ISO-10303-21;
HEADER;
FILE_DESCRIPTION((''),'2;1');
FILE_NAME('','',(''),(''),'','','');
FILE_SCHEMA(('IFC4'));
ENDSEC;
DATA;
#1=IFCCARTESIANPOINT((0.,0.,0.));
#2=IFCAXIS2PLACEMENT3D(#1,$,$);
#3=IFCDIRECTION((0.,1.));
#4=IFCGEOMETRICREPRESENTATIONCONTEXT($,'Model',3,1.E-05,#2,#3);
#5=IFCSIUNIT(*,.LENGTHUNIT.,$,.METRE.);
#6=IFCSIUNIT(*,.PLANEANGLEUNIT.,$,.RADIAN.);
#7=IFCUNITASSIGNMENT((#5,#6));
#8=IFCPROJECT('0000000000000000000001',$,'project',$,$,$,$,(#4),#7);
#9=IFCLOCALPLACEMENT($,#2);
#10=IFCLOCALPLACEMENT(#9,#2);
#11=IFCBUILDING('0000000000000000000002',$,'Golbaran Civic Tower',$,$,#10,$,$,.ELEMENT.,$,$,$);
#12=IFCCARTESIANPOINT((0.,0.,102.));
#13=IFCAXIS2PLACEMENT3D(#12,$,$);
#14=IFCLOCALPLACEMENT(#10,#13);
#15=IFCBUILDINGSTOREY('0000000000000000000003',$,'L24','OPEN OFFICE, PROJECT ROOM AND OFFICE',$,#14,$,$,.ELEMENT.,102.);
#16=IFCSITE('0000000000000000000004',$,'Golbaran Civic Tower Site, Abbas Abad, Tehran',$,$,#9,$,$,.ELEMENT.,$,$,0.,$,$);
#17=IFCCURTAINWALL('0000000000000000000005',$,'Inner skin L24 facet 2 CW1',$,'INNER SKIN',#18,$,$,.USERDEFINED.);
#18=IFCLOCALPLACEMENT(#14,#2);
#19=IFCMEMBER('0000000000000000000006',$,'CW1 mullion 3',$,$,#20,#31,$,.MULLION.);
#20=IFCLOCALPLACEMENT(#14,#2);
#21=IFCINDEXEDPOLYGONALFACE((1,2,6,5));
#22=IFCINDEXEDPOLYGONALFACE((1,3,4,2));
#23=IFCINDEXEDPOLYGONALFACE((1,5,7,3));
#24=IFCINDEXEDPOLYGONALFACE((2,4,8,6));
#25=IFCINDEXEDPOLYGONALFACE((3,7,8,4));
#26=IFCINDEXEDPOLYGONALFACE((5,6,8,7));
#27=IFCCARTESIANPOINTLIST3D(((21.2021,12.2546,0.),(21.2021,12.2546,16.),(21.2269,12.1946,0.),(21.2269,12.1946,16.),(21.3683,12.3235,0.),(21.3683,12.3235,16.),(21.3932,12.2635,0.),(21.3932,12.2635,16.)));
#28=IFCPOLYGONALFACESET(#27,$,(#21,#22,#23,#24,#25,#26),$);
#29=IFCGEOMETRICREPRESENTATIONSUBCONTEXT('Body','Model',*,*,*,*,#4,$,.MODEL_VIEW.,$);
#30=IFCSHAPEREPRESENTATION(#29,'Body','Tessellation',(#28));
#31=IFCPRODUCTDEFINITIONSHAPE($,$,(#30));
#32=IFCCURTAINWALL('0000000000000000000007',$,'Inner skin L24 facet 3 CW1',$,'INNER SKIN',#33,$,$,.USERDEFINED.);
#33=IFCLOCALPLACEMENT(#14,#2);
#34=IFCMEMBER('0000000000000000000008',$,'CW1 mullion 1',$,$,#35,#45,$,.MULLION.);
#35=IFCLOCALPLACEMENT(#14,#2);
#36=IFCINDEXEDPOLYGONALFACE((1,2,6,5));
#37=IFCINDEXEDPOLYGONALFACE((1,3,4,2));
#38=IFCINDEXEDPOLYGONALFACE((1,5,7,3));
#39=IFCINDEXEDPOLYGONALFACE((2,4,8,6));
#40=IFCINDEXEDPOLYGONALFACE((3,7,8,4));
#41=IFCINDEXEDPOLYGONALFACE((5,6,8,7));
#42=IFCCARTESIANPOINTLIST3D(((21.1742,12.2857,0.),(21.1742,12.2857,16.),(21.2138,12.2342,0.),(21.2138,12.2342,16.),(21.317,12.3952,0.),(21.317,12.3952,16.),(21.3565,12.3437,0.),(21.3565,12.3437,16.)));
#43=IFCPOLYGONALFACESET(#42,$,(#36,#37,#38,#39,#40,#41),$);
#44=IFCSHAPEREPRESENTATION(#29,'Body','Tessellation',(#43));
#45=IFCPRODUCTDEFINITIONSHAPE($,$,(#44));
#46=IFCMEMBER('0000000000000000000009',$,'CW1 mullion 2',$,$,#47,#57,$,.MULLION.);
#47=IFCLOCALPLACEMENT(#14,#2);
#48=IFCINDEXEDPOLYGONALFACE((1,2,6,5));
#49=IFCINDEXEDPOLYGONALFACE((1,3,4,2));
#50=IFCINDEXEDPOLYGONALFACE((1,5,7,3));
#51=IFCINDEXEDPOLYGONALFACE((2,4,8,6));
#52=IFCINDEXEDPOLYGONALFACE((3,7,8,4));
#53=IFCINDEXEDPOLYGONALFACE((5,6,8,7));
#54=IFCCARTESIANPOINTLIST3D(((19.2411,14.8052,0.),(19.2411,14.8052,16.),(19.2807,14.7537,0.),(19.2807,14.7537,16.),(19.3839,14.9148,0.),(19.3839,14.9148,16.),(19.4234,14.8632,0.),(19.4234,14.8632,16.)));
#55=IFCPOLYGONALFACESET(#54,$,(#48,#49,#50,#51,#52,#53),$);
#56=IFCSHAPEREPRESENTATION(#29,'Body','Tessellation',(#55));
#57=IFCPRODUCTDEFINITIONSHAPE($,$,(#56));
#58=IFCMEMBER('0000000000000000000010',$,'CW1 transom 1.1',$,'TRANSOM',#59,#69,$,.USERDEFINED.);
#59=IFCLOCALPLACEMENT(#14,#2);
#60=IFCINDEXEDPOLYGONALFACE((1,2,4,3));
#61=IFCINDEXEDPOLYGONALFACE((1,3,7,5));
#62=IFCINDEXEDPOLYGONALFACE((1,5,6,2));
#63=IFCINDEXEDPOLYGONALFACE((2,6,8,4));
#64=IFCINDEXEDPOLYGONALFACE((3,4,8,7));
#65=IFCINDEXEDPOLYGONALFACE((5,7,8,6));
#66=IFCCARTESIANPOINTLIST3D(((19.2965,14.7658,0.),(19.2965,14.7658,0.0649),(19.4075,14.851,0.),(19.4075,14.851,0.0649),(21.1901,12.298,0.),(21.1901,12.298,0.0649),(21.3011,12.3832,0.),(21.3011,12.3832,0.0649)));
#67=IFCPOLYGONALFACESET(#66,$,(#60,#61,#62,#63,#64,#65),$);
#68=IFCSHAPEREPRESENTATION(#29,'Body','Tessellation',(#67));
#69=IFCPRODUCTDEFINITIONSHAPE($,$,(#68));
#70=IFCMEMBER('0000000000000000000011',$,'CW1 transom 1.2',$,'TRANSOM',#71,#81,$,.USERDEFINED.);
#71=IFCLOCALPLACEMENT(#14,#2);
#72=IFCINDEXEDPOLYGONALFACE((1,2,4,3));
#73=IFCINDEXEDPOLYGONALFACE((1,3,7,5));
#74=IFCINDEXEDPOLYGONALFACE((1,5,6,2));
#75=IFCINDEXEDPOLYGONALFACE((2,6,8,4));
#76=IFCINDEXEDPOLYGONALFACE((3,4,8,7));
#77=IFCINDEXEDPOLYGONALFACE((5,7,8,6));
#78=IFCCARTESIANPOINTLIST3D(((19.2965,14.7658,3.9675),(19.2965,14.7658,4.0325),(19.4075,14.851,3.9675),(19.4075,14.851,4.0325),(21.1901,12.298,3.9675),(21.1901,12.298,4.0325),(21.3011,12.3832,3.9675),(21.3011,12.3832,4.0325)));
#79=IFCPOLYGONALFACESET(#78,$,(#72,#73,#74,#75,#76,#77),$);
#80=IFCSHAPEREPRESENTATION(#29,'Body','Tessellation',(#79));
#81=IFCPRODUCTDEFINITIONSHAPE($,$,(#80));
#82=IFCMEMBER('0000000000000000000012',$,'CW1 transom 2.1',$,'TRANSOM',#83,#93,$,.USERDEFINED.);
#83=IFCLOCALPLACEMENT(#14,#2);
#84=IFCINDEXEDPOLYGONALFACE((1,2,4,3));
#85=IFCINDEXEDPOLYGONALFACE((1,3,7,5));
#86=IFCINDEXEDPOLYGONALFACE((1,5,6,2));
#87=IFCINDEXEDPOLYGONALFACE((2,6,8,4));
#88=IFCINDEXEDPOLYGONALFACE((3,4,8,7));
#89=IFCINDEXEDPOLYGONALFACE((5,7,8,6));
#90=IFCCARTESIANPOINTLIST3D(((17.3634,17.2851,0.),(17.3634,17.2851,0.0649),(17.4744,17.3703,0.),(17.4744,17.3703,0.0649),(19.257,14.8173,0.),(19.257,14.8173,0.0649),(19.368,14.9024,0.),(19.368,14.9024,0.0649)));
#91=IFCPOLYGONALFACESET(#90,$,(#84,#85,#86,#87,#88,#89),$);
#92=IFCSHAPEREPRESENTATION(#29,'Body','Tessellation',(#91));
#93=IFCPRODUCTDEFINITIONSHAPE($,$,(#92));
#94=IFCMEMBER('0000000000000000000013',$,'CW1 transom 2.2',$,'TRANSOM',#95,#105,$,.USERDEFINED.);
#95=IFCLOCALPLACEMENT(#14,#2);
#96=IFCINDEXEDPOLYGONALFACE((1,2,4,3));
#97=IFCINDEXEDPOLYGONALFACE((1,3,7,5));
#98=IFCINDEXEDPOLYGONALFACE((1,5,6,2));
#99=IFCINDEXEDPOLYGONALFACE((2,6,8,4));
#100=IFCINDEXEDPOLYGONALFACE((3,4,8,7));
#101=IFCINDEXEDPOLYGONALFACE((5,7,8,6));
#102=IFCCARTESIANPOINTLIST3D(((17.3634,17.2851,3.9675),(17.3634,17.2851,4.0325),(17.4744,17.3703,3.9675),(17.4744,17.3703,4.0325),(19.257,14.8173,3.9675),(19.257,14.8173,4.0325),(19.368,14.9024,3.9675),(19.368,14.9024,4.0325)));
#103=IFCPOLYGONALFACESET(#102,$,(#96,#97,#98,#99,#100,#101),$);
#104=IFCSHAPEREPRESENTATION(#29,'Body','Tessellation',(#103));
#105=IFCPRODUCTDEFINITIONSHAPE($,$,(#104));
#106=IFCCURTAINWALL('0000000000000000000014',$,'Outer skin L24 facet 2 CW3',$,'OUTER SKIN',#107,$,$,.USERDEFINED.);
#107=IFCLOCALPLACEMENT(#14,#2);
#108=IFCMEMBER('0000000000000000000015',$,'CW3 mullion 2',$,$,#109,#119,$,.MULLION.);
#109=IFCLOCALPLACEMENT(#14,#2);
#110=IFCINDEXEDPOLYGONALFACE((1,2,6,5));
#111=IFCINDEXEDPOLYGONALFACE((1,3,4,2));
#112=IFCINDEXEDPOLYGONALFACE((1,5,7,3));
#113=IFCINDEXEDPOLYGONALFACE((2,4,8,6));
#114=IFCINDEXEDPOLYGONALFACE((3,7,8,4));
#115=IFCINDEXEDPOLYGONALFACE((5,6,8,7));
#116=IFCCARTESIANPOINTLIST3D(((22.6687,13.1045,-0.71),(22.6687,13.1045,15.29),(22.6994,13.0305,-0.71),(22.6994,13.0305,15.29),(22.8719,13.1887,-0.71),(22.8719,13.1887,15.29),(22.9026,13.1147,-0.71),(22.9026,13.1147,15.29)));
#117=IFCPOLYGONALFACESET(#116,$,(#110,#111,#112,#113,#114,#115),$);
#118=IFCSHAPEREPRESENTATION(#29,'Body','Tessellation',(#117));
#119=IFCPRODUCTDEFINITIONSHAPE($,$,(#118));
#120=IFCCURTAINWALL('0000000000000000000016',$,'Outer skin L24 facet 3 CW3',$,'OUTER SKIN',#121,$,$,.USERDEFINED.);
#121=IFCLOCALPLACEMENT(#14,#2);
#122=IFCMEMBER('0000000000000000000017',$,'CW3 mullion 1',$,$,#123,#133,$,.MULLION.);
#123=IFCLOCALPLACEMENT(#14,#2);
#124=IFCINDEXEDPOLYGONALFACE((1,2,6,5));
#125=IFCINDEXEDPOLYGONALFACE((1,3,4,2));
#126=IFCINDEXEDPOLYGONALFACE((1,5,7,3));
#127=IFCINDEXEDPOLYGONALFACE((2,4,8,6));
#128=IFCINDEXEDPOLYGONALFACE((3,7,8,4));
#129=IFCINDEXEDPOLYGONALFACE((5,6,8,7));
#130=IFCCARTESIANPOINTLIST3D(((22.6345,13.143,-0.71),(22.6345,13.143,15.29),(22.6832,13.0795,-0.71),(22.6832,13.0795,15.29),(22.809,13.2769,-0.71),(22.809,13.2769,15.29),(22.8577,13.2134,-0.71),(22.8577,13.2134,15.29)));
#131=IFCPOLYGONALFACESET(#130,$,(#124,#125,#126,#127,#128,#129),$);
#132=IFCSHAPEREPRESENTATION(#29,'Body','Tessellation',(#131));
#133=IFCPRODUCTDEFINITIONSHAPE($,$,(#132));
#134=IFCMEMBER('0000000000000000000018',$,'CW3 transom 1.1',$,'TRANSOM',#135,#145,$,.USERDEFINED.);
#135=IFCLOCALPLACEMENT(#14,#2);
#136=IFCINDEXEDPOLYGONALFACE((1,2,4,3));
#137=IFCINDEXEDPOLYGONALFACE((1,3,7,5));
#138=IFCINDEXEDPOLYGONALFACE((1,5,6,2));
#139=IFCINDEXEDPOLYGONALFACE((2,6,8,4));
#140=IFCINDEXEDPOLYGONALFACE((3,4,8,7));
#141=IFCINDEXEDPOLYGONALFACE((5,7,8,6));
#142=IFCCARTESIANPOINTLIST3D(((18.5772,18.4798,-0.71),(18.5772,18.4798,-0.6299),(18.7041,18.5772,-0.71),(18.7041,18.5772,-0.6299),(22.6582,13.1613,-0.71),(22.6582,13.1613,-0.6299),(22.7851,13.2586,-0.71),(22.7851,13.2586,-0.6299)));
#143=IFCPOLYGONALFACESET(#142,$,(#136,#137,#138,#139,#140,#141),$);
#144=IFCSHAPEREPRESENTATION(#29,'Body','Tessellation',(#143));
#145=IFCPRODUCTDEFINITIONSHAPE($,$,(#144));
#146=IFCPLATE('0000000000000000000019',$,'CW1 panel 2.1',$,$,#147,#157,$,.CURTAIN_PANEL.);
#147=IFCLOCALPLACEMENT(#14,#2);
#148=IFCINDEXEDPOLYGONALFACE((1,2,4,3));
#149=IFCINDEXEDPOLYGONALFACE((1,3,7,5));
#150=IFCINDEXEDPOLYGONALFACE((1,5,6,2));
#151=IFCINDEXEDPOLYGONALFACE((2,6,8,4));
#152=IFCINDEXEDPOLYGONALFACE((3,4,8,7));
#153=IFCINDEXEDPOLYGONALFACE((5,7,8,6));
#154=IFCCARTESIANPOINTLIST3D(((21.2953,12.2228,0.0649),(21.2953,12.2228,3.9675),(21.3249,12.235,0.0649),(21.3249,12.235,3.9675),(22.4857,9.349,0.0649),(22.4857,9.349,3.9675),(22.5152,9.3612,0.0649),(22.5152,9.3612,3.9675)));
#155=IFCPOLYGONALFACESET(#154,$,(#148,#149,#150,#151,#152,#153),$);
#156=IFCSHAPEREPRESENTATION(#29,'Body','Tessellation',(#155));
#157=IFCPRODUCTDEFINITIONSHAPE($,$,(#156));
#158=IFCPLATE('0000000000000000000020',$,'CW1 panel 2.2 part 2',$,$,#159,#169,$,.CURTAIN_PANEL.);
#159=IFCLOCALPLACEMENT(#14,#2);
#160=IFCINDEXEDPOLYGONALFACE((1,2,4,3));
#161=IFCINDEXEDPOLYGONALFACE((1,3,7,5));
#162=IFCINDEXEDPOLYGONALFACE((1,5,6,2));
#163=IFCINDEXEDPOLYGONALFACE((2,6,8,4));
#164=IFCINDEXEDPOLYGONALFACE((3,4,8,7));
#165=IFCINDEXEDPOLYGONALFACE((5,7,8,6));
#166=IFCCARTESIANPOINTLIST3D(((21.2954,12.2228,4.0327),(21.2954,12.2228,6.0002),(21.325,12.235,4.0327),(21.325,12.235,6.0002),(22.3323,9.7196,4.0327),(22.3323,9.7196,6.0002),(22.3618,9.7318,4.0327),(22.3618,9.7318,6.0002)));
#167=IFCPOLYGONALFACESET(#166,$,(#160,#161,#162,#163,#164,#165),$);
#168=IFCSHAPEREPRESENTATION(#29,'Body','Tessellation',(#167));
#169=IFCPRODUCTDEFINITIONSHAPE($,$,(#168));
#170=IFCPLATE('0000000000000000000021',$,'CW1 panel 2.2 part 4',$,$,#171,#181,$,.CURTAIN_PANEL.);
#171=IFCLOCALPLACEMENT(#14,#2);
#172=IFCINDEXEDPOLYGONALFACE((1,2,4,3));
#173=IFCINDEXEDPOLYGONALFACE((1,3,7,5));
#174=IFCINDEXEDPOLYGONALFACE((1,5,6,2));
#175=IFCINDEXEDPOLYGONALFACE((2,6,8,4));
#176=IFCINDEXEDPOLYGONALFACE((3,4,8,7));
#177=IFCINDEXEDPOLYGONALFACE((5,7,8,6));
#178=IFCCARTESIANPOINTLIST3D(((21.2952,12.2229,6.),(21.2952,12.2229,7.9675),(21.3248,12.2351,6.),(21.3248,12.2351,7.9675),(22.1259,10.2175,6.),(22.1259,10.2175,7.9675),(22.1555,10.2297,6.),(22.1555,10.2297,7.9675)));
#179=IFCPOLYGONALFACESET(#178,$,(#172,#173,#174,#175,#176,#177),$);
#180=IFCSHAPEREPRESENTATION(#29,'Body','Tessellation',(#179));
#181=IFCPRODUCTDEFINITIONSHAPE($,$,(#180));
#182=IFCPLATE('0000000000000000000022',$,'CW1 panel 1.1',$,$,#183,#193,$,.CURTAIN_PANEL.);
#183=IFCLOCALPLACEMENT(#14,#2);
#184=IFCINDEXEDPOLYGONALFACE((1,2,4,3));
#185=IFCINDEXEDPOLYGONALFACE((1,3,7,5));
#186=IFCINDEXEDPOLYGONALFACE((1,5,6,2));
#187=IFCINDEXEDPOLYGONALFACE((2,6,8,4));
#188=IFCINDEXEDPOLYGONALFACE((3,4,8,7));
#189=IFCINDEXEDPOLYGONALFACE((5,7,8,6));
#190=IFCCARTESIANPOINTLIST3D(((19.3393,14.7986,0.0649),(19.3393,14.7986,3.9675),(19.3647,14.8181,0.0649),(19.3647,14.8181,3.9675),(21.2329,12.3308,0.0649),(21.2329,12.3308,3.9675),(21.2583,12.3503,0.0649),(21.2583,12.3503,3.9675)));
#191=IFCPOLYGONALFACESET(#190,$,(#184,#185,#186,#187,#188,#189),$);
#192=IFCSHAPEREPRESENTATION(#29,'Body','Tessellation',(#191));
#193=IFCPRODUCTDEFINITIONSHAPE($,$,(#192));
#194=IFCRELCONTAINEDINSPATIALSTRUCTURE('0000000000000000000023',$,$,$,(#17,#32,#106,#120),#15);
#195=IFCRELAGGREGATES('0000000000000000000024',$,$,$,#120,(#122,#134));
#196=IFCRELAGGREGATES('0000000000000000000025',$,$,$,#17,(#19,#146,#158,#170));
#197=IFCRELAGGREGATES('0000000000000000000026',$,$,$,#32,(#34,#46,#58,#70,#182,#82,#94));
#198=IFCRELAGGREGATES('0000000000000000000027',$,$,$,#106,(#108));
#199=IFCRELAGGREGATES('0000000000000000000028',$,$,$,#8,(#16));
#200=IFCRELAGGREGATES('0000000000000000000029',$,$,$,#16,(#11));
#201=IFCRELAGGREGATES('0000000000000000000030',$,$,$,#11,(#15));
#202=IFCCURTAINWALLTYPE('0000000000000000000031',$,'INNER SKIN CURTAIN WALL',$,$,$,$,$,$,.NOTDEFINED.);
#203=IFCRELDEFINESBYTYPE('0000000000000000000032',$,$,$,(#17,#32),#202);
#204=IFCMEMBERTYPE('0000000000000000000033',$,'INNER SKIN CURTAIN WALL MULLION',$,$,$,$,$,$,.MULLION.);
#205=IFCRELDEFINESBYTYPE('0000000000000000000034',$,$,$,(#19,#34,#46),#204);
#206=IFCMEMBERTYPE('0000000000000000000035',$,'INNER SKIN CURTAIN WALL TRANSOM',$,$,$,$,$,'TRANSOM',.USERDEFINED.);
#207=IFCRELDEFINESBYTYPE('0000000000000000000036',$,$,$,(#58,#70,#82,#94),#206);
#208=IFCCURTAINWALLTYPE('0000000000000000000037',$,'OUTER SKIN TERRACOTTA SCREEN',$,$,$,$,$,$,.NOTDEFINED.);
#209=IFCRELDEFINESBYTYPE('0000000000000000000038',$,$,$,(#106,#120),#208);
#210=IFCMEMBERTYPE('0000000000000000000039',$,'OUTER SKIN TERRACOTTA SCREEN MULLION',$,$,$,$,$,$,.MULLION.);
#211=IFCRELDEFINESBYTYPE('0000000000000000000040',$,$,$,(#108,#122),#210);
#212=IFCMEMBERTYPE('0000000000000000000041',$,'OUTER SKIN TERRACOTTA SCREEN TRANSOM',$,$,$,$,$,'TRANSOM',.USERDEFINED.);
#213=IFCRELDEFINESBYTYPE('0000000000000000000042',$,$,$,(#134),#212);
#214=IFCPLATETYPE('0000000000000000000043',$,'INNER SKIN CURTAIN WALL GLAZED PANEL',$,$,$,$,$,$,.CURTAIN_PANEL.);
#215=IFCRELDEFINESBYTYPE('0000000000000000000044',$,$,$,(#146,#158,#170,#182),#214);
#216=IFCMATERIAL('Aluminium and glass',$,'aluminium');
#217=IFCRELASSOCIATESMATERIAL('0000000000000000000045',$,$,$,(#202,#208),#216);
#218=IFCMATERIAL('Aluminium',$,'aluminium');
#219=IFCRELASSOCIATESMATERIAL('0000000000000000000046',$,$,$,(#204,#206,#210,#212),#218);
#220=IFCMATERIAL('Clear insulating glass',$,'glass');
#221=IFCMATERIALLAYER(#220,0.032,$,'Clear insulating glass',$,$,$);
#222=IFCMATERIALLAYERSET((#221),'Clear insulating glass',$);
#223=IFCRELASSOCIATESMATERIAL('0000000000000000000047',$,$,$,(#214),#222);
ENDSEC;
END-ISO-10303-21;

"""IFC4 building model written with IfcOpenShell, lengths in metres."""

from ifc_helpers import new_model, si_unit, direction, frame, origin, origin_2d, place, context, subcontext, project, spatial, rectangle, extrude, material, layer, layer_set, material_profile, profile_set, type_object, element, aggregate, save


model = new_model("IFC4")

# Units and contexts
model_context = context("Model", 3, precision=1e-05, world=origin(), true_north=direction((0.0, 1.0)))
body_context = subcontext(model_context, "Body", "Model", "MODEL_VIEW")
ifc_project = project(units=[si_unit("LENGTHUNIT", "METRE"), si_unit("PLANEANGLEUNIT", "RADIAN")], contexts=[model_context])

# Site, building, storey
site_placement = place(None, origin())
site = spatial("IfcSite", under=ifc_project, at=site_placement, Name="Golbaran Civic Tower Site, Abbas Abad, Tehran", CompositionType="ELEMENT", RefElevation=0.0)
building_placement = place(site_placement, origin())
building = spatial("IfcBuilding", under=site, at=building_placement, Name="Golbaran Civic Tower", CompositionType="ELEMENT")
storey_placement = place(building_placement, frame((0.0, 0.0, 102.0)))
storey = spatial("IfcBuildingStorey", under=building, at=storey_placement, Name="L24", Description="OPEN OFFICE, PROJECT ROOM AND OFFICE", CompositionType="ELEMENT", Elevation=102.0)

# Curtain wall, member
ifc_material_1 = material(Name="Aluminium and glass", Category="aluminium")
curtain_wall_type_1 = type_object("IfcCurtainWallType", Name="INNER SKIN CURTAIN WALL", PredefinedType="NOTDEFINED", material=ifc_material_1)
curtain_wall_1_placement = place(storey_placement, origin())
curtain_wall_1 = element("IfcCurtainWall", 1, at=curtain_wall_1_placement, inside=storey, type_object=curtain_wall_type_1, Name="Inner skin L24 facet 2 CW1", ObjectType="INNER SKIN", PredefinedType="USERDEFINED")
ifc_material_2 = material(Name="Aluminium", Category="aluminium")
ifc_material_profile_1 = material_profile(ifc_material_2, rectangle(XDim=0.1799, YDim=0.0649, at=origin_2d()), Name="INNER SKIN CURTAIN WALL MULLION")
ifc_profile_set_1 = profile_set([ifc_material_profile_1], Name="Aluminium")
member_type_1 = type_object("IfcMemberType", Name="INNER SKIN CURTAIN WALL MULLION", PredefinedType="MULLION", material=ifc_profile_set_1)
member_1_placement = place(storey_placement, frame((21.2976, 12.259, 0.0), z_axis=(0.0, 0.0, 1.0), x_axis=(-0.92388, -0.382683, 0.0)))
member_1 = element("IfcMember", 2, at=member_1_placement, type_object=member_type_1, Name="CW1 mullion 3", PredefinedType="MULLION", context=body_context, shape_type="SweptSolid", body=[
    extrude(rectangle(XDim=0.1799, YDim=0.0649, at=origin_2d()), origin(), (0.0, 0.0, 1.0), 16.0),
])

# Curtain wall, members
curtain_wall_2_placement = place(storey_placement, origin())
curtain_wall_2 = element("IfcCurtainWall", 3, at=curtain_wall_2_placement, inside=storey, type_object=curtain_wall_type_1, Name="Inner skin L24 facet 3 CW1", ObjectType="INNER SKIN", PredefinedType="USERDEFINED")
member_2_placement = place(storey_placement, frame((21.2654, 12.3147, 0.0), z_axis=(0.0, 0.0, 1.0), x_axis=(-0.793353, -0.608761, 0.0)))
member_2 = element("IfcMember", 4, at=member_2_placement, type_object=member_type_1, Name="CW1 mullion 1", PredefinedType="MULLION", context=body_context, shape_type="SweptSolid", body=[
    extrude(rectangle(XDim=0.1799, YDim=0.0649, at=origin_2d()), origin(), (0.0, 0.0, 1.0), 16.0),
])
member_3_placement = place(storey_placement, frame((19.3323, 14.8342, 0.0), z_axis=(0.0, 0.0, 1.0), x_axis=(-0.793353, -0.608761, 0.0)))
member_3 = element("IfcMember", 5, at=member_3_placement, type_object=member_type_1, Name="CW1 mullion 2", PredefinedType="MULLION", context=body_context, shape_type="SweptSolid", body=[
    extrude(rectangle(XDim=0.1799, YDim=0.0649, at=origin_2d()), origin(), (0.0, 0.0, 1.0), 16.0),
])
ifc_material_profile_2 = material_profile(ifc_material_2, rectangle(XDim=0.1399, YDim=0.0649, at=origin_2d()), Name="INNER SKIN CURTAIN WALL TRANSOM")
ifc_profile_set_2 = profile_set([ifc_material_profile_2], Name="Aluminium")
member_type_2 = type_object("IfcMemberType", Name="INNER SKIN CURTAIN WALL TRANSOM", ElementType="TRANSOM", PredefinedType="USERDEFINED", material=ifc_profile_set_2)
member_4_placement = place(storey_placement, frame((21.2456, 12.3406, 0.0325), z_axis=(-0.608754, 0.793359, 0.0), x_axis=(-0.793359, -0.608754, 0.0)))
member_4 = element("IfcMember", 6, at=member_4_placement, type_object=member_type_2, Name="CW1 transom 1.1", ObjectType="TRANSOM", PredefinedType="USERDEFINED", context=body_context, shape_type="SweptSolid", body=[
    extrude(rectangle(XDim=0.1399, YDim=0.0649, at=origin_2d()), origin(), (0.0, 0.0, 1.0), 3.1106),
])
member_5_placement = place(storey_placement, frame((21.2456, 12.3406, 4.0), z_axis=(-0.608754, 0.793359, 0.0), x_axis=(-0.793359, -0.608754, 0.0)))
member_5 = element("IfcMember", 7, at=member_5_placement, type_object=member_type_2, Name="CW1 transom 1.2", ObjectType="TRANSOM", PredefinedType="USERDEFINED", context=body_context, shape_type="SweptSolid", body=[
    extrude(rectangle(XDim=0.1399, YDim=0.0649, at=origin_2d()), origin(), (0.0, 0.0, 1.0), 3.1106),
])
member_6_placement = place(storey_placement, frame((19.3125, 14.8599, 0.0325), z_axis=(-0.608754, 0.793359, 0.0), x_axis=(-0.793359, -0.608754, 0.0)))
member_6 = element("IfcMember", 8, at=member_6_placement, type_object=member_type_2, Name="CW1 transom 2.1", ObjectType="TRANSOM", PredefinedType="USERDEFINED", context=body_context, shape_type="SweptSolid", body=[
    extrude(rectangle(XDim=0.1399, YDim=0.0649, at=origin_2d()), origin(), (0.0, 0.0, 1.0), 3.1106),
])
member_7_placement = place(storey_placement, frame((19.3125, 14.8599, 4.0), z_axis=(-0.608754, 0.793359, 0.0), x_axis=(-0.793359, -0.608754, 0.0)))
member_7 = element("IfcMember", 9, at=member_7_placement, type_object=member_type_2, Name="CW1 transom 2.2", ObjectType="TRANSOM", PredefinedType="USERDEFINED", context=body_context, shape_type="SweptSolid", body=[
    extrude(rectangle(XDim=0.1399, YDim=0.0649, at=origin_2d()), origin(), (0.0, 0.0, 1.0), 3.1106),
])

# Curtain wall, member
curtain_wall_type_2 = type_object("IfcCurtainWallType", Name="OUTER SKIN TERRACOTTA SCREEN", PredefinedType="NOTDEFINED", material=ifc_material_1)
curtain_wall_3_placement = place(storey_placement, origin())
curtain_wall_3 = element("IfcCurtainWall", 10, at=curtain_wall_3_placement, inside=storey, type_object=curtain_wall_type_2, Name="Outer skin L24 facet 2 CW3", ObjectType="OUTER SKIN", PredefinedType="USERDEFINED")
ifc_material_profile_3 = material_profile(ifc_material_2, rectangle(XDim=0.22, YDim=0.0801, at=origin_2d()), Name="OUTER SKIN TERRACOTTA SCREEN MULLION")
ifc_profile_set_3 = profile_set([ifc_material_profile_3], Name="Aluminium")
member_type_3 = type_object("IfcMemberType", Name="OUTER SKIN TERRACOTTA SCREEN MULLION", PredefinedType="MULLION", material=ifc_profile_set_3)
member_8_placement = place(storey_placement, frame((22.7856, 13.1096, -0.71), z_axis=(0.0, 0.0, 1.0), x_axis=(-0.92388, -0.382683, 0.0)))
member_8 = element("IfcMember", 11, at=member_8_placement, type_object=member_type_3, Name="CW3 mullion 2", PredefinedType="MULLION", context=body_context, shape_type="SweptSolid", body=[
    extrude(rectangle(XDim=0.22, YDim=0.0801, at=origin_2d()), origin(), (0.0, 0.0, 1.0), 16.0),
])

# Curtain wall, members
curtain_wall_4_placement = place(storey_placement, origin())
curtain_wall_4 = element("IfcCurtainWall", 12, at=curtain_wall_4_placement, inside=storey, type_object=curtain_wall_type_2, Name="Outer skin L24 facet 3 CW3", ObjectType="OUTER SKIN", PredefinedType="USERDEFINED")
member_9_placement = place(storey_placement, frame((22.7461, 13.1782, -0.71), z_axis=(0.0, 0.0, 1.0), x_axis=(-0.793353, -0.608761, 0.0)))
member_9 = element("IfcMember", 13, at=member_9_placement, type_object=member_type_3, Name="CW3 mullion 1", PredefinedType="MULLION", context=body_context, shape_type="SweptSolid", body=[
    extrude(rectangle(XDim=0.22, YDim=0.0801, at=origin_2d()), origin(), (0.0, 0.0, 1.0), 16.0),
])
ifc_material_profile_4 = material_profile(ifc_material_2, rectangle(XDim=0.1599, YDim=0.0801, at=origin_2d()), Name="OUTER SKIN TERRACOTTA SCREEN TRANSOM")
ifc_profile_set_4 = profile_set([ifc_material_profile_4], Name="Aluminium")
member_type_4 = type_object("IfcMemberType", Name="OUTER SKIN TERRACOTTA SCREEN TRANSOM", ElementType="TRANSOM", PredefinedType="USERDEFINED", material=ifc_profile_set_4)
member_10_placement = place(storey_placement, frame((22.7217, 13.21, -0.6699), z_axis=(-0.608756, 0.793357, 0.0), x_axis=(-0.793357, -0.608756, 0.0)))
member_10 = element("IfcMember", 14, at=member_10_placement, type_object=member_type_4, Name="CW3 transom 1.1", ObjectType="TRANSOM", PredefinedType="USERDEFINED", context=body_context, shape_type="SweptSolid", body=[
    extrude(rectangle(XDim=0.1599, YDim=0.0801, at=origin_2d()), origin(), (0.0, 0.0, 1.0), 6.7039),
])
aggregate(curtain_wall_4, [member_9, member_10])

# Plates
ifc_material_3 = material(Name="Clear insulating glass", Category="glass")
ifc_layer_1 = layer(ifc_material_3, 0.032, Name="Clear insulating glass")
ifc_layer_set_1 = layer_set([ifc_layer_1], Name="Clear insulating glass")
plate_type_1 = type_object("IfcPlateType", Name="INNER SKIN CURTAIN WALL GLAZED PANEL", PredefinedType="CURTAIN_PANEL", material=ifc_layer_set_1)
plate_1_placement = place(storey_placement, frame((21.9053, 10.792, 0.0649), z_axis=(0.0, 0.0, 1.0), x_axis=(-0.382683, 0.92388, 0.0)))
plate_1 = element("IfcPlate", 15, at=plate_1_placement, type_object=plate_type_1, Name="CW1 panel 2.1", PredefinedType="CURTAIN_PANEL", context=body_context, shape_type="SweptSolid", body=[
    extrude(rectangle(XDim=3.1106, YDim=0.032, at=origin_2d()), origin(), (0.0, 0.0, 1.0), 3.9026),
])
plate_2_placement = place(storey_placement, frame((21.8286, 10.9773, 4.0327), z_axis=(0.0, 0.0, 1.0), x_axis=(-0.382683, 0.92388, 0.0)))
plate_2 = element("IfcPlate", 16, at=plate_2_placement, type_object=plate_type_1, Name="CW1 panel 2.2 part 2", PredefinedType="CURTAIN_PANEL", context=body_context, shape_type="SweptSolid", body=[
    extrude(rectangle(XDim=2.7095, YDim=0.032, at=origin_2d()), origin(), (0.0, 0.0, 1.0), 1.9675),
])
plate_3_placement = place(storey_placement, frame((21.7253, 11.2263, 6.0), z_axis=(0.0, 0.0, 1.0), x_axis=(-0.382683, 0.92388, 0.0)))
plate_3 = element("IfcPlate", 17, at=plate_3_placement, type_object=plate_type_1, Name="CW1 panel 2.2 part 4", PredefinedType="CURTAIN_PANEL", context=body_context, shape_type="SweptSolid", body=[
    extrude(rectangle(XDim=2.1707, YDim=0.032, at=origin_2d()), origin(), (0.0, 0.0, 1.0), 1.9675),
])
plate_4_placement = place(storey_placement, frame((20.2988, 13.5745, 0.0649), z_axis=(0.0, 0.0, 1.0), x_axis=(-0.608761, 0.793353, 0.0)))
plate_4 = element("IfcPlate", 18, at=plate_4_placement, type_object=plate_type_1, Name="CW1 panel 1.1", PredefinedType="CURTAIN_PANEL", context=body_context, shape_type="SweptSolid", body=[
    extrude(rectangle(XDim=3.1106, YDim=0.032, at=origin_2d()), origin(), (0.0, 0.0, 1.0), 3.9026),
])
aggregate(curtain_wall_1, [member_1, plate_1, plate_2, plate_3])
aggregate(curtain_wall_2, [member_2, member_3, member_4, member_5, plate_4, member_6, member_7])
aggregate(curtain_wall_3, [member_8])

save(model, "model.ifc")
